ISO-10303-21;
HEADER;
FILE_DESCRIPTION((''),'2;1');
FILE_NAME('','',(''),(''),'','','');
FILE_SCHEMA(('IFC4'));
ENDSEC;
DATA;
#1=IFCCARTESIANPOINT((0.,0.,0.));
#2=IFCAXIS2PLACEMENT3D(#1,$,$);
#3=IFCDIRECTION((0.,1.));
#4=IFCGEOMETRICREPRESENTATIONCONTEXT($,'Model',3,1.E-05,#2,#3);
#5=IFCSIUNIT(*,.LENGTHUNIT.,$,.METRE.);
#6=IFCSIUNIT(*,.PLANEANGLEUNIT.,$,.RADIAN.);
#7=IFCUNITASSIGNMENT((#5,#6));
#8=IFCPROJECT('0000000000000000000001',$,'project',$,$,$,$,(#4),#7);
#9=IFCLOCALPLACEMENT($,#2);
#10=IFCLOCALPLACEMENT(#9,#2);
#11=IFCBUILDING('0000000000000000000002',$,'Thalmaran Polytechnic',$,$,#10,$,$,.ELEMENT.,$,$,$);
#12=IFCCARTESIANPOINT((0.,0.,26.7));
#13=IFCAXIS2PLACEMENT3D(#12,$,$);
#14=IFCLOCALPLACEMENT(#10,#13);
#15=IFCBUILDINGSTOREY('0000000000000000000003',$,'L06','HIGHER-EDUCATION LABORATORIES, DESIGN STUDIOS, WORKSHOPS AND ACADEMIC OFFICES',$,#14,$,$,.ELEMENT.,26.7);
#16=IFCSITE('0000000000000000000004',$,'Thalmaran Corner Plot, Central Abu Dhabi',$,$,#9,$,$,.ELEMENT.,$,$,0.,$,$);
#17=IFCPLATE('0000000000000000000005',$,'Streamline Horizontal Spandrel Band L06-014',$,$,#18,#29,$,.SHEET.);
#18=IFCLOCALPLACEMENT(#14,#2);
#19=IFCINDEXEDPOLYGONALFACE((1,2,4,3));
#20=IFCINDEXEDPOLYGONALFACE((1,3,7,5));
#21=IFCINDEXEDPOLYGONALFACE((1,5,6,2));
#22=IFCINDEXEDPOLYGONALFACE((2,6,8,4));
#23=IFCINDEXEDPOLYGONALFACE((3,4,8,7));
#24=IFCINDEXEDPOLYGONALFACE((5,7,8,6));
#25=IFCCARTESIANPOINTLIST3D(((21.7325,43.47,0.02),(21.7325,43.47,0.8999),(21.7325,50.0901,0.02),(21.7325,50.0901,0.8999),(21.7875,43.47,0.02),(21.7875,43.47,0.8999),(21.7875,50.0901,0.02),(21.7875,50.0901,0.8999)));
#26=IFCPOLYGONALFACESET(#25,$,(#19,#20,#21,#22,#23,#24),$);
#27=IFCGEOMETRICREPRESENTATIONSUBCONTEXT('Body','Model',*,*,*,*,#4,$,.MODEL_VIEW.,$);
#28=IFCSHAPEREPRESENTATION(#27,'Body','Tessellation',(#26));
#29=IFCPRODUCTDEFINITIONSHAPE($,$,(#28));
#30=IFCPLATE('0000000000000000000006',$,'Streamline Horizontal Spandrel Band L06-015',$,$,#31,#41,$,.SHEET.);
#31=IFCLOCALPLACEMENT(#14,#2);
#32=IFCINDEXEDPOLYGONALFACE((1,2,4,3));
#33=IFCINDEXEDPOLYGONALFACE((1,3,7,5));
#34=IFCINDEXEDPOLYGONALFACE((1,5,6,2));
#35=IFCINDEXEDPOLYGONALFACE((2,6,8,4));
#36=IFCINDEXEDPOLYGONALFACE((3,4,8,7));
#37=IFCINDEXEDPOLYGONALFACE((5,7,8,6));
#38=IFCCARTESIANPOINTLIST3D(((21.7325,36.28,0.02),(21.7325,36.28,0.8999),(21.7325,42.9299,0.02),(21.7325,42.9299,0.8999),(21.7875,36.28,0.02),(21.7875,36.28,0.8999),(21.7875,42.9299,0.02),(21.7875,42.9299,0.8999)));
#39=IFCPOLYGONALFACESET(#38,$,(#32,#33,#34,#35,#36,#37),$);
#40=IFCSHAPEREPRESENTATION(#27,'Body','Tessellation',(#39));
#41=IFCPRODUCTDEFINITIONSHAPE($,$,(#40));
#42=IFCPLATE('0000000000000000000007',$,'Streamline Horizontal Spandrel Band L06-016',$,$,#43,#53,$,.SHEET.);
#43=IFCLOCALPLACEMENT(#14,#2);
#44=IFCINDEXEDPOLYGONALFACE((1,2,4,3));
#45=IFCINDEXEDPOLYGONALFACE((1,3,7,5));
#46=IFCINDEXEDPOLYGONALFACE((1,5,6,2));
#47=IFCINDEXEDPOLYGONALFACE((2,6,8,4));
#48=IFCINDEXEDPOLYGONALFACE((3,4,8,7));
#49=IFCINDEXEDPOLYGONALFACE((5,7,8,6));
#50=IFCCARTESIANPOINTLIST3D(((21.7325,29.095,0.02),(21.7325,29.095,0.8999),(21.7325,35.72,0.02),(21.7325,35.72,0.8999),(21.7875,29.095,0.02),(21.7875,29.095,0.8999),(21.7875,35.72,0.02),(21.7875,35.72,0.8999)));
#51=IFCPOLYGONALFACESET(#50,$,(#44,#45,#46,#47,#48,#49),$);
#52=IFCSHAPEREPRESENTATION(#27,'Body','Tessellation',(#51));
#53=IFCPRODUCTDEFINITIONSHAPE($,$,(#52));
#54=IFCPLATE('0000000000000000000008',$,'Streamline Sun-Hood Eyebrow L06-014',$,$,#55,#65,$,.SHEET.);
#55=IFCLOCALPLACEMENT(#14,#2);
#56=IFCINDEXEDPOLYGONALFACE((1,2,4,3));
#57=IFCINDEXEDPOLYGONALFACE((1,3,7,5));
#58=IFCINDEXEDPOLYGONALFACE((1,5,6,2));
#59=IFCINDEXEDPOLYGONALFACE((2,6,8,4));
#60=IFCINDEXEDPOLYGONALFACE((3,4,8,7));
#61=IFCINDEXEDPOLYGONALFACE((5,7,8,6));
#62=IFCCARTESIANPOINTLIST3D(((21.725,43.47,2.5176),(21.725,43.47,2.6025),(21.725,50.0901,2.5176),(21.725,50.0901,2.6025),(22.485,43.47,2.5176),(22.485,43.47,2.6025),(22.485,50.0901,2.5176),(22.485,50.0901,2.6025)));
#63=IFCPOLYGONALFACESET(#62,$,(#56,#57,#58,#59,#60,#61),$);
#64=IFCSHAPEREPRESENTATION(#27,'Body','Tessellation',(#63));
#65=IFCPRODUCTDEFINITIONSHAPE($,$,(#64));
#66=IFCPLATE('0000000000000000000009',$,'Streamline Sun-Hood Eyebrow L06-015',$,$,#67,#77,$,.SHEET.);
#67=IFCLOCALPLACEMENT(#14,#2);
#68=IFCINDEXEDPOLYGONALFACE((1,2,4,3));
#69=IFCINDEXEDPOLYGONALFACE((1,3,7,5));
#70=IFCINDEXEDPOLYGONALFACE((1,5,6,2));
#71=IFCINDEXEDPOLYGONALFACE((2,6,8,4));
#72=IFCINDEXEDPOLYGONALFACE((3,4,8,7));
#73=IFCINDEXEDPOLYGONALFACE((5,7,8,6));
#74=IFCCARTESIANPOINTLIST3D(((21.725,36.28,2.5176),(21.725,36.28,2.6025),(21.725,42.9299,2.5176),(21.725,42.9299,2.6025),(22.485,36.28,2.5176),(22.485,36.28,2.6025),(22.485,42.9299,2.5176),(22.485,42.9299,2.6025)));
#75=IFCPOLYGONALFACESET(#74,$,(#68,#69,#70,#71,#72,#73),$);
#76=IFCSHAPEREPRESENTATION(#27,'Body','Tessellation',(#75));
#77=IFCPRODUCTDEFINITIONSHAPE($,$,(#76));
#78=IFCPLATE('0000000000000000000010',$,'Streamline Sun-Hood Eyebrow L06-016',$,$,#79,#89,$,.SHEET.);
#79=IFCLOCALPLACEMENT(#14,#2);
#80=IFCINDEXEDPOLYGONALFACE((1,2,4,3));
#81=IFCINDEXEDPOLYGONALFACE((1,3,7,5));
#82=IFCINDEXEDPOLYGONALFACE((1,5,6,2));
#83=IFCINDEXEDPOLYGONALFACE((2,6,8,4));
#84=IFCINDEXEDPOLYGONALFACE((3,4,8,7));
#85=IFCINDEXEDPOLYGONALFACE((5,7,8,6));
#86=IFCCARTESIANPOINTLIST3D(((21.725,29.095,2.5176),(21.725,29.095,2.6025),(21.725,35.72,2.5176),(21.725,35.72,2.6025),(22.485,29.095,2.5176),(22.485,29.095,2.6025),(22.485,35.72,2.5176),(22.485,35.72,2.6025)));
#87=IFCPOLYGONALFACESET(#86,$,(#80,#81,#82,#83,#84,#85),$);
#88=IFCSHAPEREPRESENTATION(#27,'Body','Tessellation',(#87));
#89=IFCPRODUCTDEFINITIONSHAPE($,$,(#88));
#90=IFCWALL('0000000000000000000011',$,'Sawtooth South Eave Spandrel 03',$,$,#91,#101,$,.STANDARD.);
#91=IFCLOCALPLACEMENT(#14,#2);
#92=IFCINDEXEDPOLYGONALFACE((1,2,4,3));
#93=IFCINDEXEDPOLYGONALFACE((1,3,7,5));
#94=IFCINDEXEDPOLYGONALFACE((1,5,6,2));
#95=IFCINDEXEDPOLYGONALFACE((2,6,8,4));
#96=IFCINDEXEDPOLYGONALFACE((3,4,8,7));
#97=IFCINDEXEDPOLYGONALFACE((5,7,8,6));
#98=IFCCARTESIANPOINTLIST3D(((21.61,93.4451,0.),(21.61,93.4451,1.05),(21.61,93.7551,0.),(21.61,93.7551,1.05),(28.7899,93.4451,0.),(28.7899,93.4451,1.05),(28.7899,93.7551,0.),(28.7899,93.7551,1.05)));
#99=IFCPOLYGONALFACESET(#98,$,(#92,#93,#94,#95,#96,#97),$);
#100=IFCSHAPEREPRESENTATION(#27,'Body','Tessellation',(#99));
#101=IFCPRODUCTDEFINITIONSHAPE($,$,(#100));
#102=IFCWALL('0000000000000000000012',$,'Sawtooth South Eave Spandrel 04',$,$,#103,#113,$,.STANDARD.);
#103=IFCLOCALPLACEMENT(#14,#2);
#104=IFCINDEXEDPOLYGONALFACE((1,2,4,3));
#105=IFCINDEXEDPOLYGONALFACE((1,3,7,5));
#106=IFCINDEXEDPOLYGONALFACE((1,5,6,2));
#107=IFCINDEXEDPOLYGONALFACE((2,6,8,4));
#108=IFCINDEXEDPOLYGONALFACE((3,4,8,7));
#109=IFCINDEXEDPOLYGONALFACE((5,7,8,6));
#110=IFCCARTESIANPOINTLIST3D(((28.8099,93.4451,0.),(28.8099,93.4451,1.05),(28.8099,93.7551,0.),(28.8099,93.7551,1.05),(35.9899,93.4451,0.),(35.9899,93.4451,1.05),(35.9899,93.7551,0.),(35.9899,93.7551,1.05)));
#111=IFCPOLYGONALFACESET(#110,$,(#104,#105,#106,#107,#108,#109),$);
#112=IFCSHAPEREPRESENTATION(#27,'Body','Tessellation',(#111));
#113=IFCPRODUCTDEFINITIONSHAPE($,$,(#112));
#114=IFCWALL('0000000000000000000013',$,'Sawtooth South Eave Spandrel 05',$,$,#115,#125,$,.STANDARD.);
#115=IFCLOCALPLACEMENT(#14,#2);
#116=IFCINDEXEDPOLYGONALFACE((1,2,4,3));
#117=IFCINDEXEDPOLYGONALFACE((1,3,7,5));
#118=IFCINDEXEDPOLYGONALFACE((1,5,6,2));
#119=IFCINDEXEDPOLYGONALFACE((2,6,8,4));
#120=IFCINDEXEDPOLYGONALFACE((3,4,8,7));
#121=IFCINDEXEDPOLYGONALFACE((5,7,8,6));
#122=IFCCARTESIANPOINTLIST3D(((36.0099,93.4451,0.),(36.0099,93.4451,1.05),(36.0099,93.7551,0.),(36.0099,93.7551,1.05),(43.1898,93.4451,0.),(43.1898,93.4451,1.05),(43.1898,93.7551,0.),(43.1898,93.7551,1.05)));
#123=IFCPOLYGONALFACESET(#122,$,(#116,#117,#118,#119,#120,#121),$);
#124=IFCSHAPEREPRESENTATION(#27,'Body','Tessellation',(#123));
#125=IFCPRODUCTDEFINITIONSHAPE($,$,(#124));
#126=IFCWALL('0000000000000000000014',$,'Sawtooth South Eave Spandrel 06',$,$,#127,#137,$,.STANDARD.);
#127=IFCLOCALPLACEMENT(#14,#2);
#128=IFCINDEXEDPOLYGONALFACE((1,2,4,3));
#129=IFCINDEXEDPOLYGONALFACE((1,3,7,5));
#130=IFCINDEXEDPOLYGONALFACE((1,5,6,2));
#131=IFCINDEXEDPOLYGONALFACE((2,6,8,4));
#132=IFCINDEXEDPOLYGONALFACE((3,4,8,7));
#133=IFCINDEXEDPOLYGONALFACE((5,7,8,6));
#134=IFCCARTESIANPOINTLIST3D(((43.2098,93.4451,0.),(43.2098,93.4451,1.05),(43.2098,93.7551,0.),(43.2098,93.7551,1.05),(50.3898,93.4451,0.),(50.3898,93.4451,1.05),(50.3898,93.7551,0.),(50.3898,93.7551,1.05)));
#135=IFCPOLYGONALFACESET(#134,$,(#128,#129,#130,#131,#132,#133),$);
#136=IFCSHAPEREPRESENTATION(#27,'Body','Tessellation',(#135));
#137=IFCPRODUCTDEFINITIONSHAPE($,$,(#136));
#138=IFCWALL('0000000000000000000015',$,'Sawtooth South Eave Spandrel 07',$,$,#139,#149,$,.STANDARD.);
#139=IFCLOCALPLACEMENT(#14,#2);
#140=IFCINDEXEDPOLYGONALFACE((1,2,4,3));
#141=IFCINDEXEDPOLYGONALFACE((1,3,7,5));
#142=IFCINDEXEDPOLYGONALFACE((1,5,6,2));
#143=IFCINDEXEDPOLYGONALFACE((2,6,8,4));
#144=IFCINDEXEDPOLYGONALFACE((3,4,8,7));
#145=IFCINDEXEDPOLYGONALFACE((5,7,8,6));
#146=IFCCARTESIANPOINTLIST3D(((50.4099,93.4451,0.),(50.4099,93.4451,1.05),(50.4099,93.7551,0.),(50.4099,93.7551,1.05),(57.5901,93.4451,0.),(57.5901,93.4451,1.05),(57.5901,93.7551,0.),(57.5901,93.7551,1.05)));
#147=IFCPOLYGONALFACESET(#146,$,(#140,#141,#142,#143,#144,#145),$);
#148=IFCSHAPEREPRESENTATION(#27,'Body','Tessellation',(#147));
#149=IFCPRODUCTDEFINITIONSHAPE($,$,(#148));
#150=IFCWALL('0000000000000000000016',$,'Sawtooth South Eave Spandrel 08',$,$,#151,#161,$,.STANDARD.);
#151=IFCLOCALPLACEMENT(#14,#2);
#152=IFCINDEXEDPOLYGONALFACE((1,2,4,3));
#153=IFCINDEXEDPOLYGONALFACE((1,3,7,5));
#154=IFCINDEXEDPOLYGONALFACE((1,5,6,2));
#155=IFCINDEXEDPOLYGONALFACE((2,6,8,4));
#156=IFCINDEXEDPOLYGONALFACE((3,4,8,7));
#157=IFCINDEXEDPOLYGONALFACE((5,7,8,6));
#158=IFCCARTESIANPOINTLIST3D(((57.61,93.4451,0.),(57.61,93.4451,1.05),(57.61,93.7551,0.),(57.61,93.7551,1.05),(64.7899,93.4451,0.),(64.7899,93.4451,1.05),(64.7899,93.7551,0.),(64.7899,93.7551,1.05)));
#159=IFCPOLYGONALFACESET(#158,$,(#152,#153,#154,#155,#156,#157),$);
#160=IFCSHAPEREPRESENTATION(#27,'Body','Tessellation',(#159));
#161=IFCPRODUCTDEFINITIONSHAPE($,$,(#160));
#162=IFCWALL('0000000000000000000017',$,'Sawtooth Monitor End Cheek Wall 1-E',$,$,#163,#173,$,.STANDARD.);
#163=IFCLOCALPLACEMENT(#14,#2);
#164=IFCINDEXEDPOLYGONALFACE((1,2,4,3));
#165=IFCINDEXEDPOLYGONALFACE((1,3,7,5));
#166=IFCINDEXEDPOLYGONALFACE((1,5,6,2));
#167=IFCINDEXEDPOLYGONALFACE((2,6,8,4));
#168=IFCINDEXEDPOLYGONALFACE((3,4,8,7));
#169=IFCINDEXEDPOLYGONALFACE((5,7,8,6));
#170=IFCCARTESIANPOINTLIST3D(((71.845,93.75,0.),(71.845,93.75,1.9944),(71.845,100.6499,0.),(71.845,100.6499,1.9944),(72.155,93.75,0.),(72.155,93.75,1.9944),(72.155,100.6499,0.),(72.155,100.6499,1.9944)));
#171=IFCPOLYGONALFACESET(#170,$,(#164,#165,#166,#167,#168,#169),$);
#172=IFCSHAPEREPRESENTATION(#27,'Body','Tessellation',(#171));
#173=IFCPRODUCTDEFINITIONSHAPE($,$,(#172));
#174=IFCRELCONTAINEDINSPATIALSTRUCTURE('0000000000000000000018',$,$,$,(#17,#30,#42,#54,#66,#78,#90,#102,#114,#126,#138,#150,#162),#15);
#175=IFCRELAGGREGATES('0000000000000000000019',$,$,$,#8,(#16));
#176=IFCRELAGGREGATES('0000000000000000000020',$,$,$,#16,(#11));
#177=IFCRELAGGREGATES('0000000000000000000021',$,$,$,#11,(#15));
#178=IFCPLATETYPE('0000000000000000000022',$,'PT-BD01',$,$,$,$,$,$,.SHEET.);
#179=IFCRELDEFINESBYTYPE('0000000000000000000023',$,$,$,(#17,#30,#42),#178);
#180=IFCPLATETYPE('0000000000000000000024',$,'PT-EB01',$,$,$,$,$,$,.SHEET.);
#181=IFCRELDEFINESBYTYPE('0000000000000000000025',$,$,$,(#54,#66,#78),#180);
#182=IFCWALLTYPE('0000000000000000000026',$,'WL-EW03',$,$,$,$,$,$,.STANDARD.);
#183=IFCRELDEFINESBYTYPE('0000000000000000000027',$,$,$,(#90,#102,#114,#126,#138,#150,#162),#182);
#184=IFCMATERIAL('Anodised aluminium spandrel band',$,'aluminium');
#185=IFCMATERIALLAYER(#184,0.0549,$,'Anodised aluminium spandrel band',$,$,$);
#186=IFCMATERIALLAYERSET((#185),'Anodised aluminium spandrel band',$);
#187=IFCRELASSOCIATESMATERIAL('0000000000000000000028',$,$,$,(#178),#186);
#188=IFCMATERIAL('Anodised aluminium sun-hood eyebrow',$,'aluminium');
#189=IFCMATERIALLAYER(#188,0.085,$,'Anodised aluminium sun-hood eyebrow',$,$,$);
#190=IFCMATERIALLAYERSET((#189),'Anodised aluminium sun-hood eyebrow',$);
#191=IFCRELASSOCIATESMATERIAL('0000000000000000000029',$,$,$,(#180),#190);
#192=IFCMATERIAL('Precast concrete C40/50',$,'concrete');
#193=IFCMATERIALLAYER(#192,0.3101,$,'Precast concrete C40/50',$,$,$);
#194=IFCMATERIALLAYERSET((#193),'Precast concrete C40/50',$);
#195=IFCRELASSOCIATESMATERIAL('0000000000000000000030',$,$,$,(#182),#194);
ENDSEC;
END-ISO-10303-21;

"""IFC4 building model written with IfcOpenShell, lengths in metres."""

from ifc_helpers import new_model, si_unit, direction, frame, frame_2d, origin, origin_2d, place, context, subcontext, project, spatial, rectangle, extrude, material, layer, layer_set, type_object, element, save


model = new_model("IFC4")

# Units and contexts
model_context = context("Model", 3, precision=1e-05, world=origin(), true_north=direction((0.0, 1.0)))
body_context = subcontext(model_context, "Body", "Model", "MODEL_VIEW")
ifc_project = project(units=[si_unit("LENGTHUNIT", "METRE"), si_unit("PLANEANGLEUNIT", "RADIAN")], contexts=[model_context])

# Site, building, storey
site_placement = place(None, origin())
site = spatial("IfcSite", under=ifc_project, at=site_placement, Name="Thalmaran Corner Plot, Central Abu Dhabi", CompositionType="ELEMENT", RefElevation=0.0)
building_placement = place(site_placement, origin())
building = spatial("IfcBuilding", under=site, at=building_placement, Name="Thalmaran Polytechnic", CompositionType="ELEMENT")
storey_placement = place(building_placement, frame((0.0, 0.0, 26.7)))
storey = spatial("IfcBuildingStorey", under=building, at=storey_placement, Name="L06", Description="HIGHER-EDUCATION LABORATORIES, DESIGN STUDIOS, WORKSHOPS AND ACADEMIC OFFICES", CompositionType="ELEMENT", Elevation=26.7)

# Plates
ifc_material_1 = material(Name="Anodised aluminium spandrel band", Category="aluminium")
ifc_layer_1 = layer(ifc_material_1, 0.0549, Name="Anodised aluminium spandrel band")
ifc_layer_set_1 = layer_set([ifc_layer_1], Name="Anodised aluminium spandrel band")
plate_type_1 = type_object("IfcPlateType", Name="PT-BD01", PredefinedType="SHEET", material=ifc_layer_set_1)
plate_1_placement = place(storey_placement, frame((21.76, 46.78, 0.02), z_axis=(0.0, 0.0, 1.0), x_axis=(0.0, -1.0, 0.0)))
element("IfcPlate", 1, at=plate_1_placement, inside=storey, type_object=plate_type_1, Name="Streamline Horizontal Spandrel Band L06-014", PredefinedType="SHEET", context=body_context, shape_type="SweptSolid", body=[
    extrude(rectangle(XDim=6.6201, YDim=0.0549, at=origin_2d()), origin(), (0.0, 0.0, 1.0), 0.8799),
])
plate_2_placement = place(storey_placement, frame((21.76, 39.605, 0.02), z_axis=(0.0, 0.0, 1.0), x_axis=(0.0, -1.0, 0.0)))
element("IfcPlate", 2, at=plate_2_placement, inside=storey, type_object=plate_type_1, Name="Streamline Horizontal Spandrel Band L06-015", PredefinedType="SHEET", context=body_context, shape_type="SweptSolid", body=[
    extrude(rectangle(XDim=6.6499, YDim=0.0549, at=origin_2d()), origin(), (0.0, 0.0, 1.0), 0.8799),
])
plate_3_placement = place(storey_placement, frame((21.76, 32.4075, 0.02), z_axis=(0.0, 0.0, 1.0), x_axis=(0.0, -1.0, 0.0)))
element("IfcPlate", 3, at=plate_3_placement, inside=storey, type_object=plate_type_1, Name="Streamline Horizontal Spandrel Band L06-016", PredefinedType="SHEET", context=body_context, shape_type="SweptSolid", body=[
    extrude(rectangle(XDim=6.625, YDim=0.0549, at=origin_2d()), origin(), (0.0, 0.0, 1.0), 0.8799),
])
ifc_material_2 = material(Name="Anodised aluminium sun-hood eyebrow", Category="aluminium")
ifc_layer_2 = layer(ifc_material_2, 0.085, Name="Anodised aluminium sun-hood eyebrow")
ifc_layer_set_2 = layer_set([ifc_layer_2], Name="Anodised aluminium sun-hood eyebrow")
plate_type_2 = type_object("IfcPlateType", Name="PT-EB01", PredefinedType="SHEET", material=ifc_layer_set_2)
plate_4_placement = place(storey_placement, frame((22.105, 46.78, 2.5176), z_axis=(0.0, 0.0, 1.0), x_axis=(0.0, -1.0, 0.0)))
element("IfcPlate", 4, at=plate_4_placement, inside=storey, type_object=plate_type_2, Name="Streamline Sun-Hood Eyebrow L06-014", PredefinedType="SHEET", context=body_context, shape_type="SweptSolid", body=[
    extrude(rectangle(XDim=6.6201, YDim=0.76, at=origin_2d()), origin(), (0.0, 0.0, 1.0), 0.085),
])
plate_5_placement = place(storey_placement, frame((22.105, 39.605, 2.5176), z_axis=(0.0, 0.0, 1.0), x_axis=(0.0, -1.0, 0.0)))
element("IfcPlate", 5, at=plate_5_placement, inside=storey, type_object=plate_type_2, Name="Streamline Sun-Hood Eyebrow L06-015", PredefinedType="SHEET", context=body_context, shape_type="SweptSolid", body=[
    extrude(rectangle(XDim=6.6499, YDim=0.76, at=origin_2d()), origin(), (0.0, 0.0, 1.0), 0.085),
])
plate_6_placement = place(storey_placement, frame((22.105, 32.4075, 2.5176), z_axis=(0.0, 0.0, 1.0), x_axis=(0.0, -1.0, 0.0)))
element("IfcPlate", 6, at=plate_6_placement, inside=storey, type_object=plate_type_2, Name="Streamline Sun-Hood Eyebrow L06-016", PredefinedType="SHEET", context=body_context, shape_type="SweptSolid", body=[
    extrude(rectangle(XDim=6.625, YDim=0.76, at=origin_2d()), origin(), (0.0, 0.0, 1.0), 0.085),
])

# Walls
ifc_material_3 = material(Name="Precast concrete C40/50", Category="concrete")
ifc_layer_3 = layer(ifc_material_3, 0.3101, Name="Precast concrete C40/50")
ifc_layer_set_3 = layer_set([ifc_layer_3], Name="Precast concrete C40/50")
wall_type = type_object("IfcWallType", Name="WL-EW03", PredefinedType="STANDARD", material=ifc_layer_set_3)
for number, where, z_axis, x_axis, name in (
    (7, (21.6101, 93.6001, 0.0), (0.0, 0.0, 1.0), (1.0, 0.0, 0.0), "Sawtooth South Eave Spandrel 03"),
    (8, (28.8101, 93.6001, 0.0), (0.0, 0.0, 1.0), (1.0, 0.0, 0.0), "Sawtooth South Eave Spandrel 04"),
    (9, (36.01, 93.6001, 0.0), (0.0, 0.0, 1.0), (1.0, 0.0, 0.0), "Sawtooth South Eave Spandrel 05"),
    (10, (43.21, 93.6001, 0.0), (0.0, 0.0, 1.0), (1.0, 0.0, 0.0), "Sawtooth South Eave Spandrel 06"),
):
    element("IfcWall", number, at=place(storey_placement, frame(where, z_axis=z_axis, x_axis=x_axis)), inside=storey, type_object=wall_type, Name=name, PredefinedType="STANDARD", context=body_context, shape_type="SweptSolid", body=[
        extrude(rectangle(XDim=7.1799, YDim=0.3101, at=frame_2d((3.5898, 0.0))), origin(), (0.0, 0.0, 1.0), 1.05),
    ])
wall_1_placement = place(storey_placement, frame((50.4099, 93.6001, 0.0), z_axis=(0.0, 0.0, 1.0), x_axis=(1.0, 0.0, 0.0)))
element("IfcWall", 11, at=wall_1_placement, inside=storey, type_object=wall_type, Name="Sawtooth South Eave Spandrel 07", PredefinedType="STANDARD", context=body_context, shape_type="SweptSolid", body=[
    extrude(rectangle(XDim=7.1802, YDim=0.3101, at=frame_2d((3.5901, 0.0))), origin(), (0.0, 0.0, 1.0), 1.05),
])
for number, where, z_axis, x_axis, name in (
    (12, (57.6101, 93.6001, 0.0), (0.0, 0.0, 1.0), (1.0, 0.0, 0.0), "Sawtooth South Eave Spandrel 08"),
):
    element("IfcWall", number, at=place(storey_placement, frame(where, z_axis=z_axis, x_axis=x_axis)), inside=storey, type_object=wall_type, Name=name, PredefinedType="STANDARD", context=body_context, shape_type="SweptSolid", body=[
        extrude(rectangle(XDim=7.1799, YDim=0.3101, at=frame_2d((3.5898, 0.0))), origin(), (0.0, 0.0, 1.0), 1.05),
    ])
wall_2_placement = place(storey_placement, frame((72.0, 93.75, 0.0), z_axis=(0.0, 0.0, 1.0), x_axis=(0.0, 1.0, 0.0)))
element("IfcWall", 13, at=wall_2_placement, inside=storey, type_object=wall_type, Name="Sawtooth Monitor End Cheek Wall 1-E", PredefinedType="STANDARD", context=body_context, shape_type="SweptSolid", body=[
    extrude(rectangle(XDim=6.8999, YDim=0.3101, at=frame_2d((3.45, 0.0))), origin(), (0.0, 0.0, 1.0), 1.9944),
])

save(model, "model.ifc")
